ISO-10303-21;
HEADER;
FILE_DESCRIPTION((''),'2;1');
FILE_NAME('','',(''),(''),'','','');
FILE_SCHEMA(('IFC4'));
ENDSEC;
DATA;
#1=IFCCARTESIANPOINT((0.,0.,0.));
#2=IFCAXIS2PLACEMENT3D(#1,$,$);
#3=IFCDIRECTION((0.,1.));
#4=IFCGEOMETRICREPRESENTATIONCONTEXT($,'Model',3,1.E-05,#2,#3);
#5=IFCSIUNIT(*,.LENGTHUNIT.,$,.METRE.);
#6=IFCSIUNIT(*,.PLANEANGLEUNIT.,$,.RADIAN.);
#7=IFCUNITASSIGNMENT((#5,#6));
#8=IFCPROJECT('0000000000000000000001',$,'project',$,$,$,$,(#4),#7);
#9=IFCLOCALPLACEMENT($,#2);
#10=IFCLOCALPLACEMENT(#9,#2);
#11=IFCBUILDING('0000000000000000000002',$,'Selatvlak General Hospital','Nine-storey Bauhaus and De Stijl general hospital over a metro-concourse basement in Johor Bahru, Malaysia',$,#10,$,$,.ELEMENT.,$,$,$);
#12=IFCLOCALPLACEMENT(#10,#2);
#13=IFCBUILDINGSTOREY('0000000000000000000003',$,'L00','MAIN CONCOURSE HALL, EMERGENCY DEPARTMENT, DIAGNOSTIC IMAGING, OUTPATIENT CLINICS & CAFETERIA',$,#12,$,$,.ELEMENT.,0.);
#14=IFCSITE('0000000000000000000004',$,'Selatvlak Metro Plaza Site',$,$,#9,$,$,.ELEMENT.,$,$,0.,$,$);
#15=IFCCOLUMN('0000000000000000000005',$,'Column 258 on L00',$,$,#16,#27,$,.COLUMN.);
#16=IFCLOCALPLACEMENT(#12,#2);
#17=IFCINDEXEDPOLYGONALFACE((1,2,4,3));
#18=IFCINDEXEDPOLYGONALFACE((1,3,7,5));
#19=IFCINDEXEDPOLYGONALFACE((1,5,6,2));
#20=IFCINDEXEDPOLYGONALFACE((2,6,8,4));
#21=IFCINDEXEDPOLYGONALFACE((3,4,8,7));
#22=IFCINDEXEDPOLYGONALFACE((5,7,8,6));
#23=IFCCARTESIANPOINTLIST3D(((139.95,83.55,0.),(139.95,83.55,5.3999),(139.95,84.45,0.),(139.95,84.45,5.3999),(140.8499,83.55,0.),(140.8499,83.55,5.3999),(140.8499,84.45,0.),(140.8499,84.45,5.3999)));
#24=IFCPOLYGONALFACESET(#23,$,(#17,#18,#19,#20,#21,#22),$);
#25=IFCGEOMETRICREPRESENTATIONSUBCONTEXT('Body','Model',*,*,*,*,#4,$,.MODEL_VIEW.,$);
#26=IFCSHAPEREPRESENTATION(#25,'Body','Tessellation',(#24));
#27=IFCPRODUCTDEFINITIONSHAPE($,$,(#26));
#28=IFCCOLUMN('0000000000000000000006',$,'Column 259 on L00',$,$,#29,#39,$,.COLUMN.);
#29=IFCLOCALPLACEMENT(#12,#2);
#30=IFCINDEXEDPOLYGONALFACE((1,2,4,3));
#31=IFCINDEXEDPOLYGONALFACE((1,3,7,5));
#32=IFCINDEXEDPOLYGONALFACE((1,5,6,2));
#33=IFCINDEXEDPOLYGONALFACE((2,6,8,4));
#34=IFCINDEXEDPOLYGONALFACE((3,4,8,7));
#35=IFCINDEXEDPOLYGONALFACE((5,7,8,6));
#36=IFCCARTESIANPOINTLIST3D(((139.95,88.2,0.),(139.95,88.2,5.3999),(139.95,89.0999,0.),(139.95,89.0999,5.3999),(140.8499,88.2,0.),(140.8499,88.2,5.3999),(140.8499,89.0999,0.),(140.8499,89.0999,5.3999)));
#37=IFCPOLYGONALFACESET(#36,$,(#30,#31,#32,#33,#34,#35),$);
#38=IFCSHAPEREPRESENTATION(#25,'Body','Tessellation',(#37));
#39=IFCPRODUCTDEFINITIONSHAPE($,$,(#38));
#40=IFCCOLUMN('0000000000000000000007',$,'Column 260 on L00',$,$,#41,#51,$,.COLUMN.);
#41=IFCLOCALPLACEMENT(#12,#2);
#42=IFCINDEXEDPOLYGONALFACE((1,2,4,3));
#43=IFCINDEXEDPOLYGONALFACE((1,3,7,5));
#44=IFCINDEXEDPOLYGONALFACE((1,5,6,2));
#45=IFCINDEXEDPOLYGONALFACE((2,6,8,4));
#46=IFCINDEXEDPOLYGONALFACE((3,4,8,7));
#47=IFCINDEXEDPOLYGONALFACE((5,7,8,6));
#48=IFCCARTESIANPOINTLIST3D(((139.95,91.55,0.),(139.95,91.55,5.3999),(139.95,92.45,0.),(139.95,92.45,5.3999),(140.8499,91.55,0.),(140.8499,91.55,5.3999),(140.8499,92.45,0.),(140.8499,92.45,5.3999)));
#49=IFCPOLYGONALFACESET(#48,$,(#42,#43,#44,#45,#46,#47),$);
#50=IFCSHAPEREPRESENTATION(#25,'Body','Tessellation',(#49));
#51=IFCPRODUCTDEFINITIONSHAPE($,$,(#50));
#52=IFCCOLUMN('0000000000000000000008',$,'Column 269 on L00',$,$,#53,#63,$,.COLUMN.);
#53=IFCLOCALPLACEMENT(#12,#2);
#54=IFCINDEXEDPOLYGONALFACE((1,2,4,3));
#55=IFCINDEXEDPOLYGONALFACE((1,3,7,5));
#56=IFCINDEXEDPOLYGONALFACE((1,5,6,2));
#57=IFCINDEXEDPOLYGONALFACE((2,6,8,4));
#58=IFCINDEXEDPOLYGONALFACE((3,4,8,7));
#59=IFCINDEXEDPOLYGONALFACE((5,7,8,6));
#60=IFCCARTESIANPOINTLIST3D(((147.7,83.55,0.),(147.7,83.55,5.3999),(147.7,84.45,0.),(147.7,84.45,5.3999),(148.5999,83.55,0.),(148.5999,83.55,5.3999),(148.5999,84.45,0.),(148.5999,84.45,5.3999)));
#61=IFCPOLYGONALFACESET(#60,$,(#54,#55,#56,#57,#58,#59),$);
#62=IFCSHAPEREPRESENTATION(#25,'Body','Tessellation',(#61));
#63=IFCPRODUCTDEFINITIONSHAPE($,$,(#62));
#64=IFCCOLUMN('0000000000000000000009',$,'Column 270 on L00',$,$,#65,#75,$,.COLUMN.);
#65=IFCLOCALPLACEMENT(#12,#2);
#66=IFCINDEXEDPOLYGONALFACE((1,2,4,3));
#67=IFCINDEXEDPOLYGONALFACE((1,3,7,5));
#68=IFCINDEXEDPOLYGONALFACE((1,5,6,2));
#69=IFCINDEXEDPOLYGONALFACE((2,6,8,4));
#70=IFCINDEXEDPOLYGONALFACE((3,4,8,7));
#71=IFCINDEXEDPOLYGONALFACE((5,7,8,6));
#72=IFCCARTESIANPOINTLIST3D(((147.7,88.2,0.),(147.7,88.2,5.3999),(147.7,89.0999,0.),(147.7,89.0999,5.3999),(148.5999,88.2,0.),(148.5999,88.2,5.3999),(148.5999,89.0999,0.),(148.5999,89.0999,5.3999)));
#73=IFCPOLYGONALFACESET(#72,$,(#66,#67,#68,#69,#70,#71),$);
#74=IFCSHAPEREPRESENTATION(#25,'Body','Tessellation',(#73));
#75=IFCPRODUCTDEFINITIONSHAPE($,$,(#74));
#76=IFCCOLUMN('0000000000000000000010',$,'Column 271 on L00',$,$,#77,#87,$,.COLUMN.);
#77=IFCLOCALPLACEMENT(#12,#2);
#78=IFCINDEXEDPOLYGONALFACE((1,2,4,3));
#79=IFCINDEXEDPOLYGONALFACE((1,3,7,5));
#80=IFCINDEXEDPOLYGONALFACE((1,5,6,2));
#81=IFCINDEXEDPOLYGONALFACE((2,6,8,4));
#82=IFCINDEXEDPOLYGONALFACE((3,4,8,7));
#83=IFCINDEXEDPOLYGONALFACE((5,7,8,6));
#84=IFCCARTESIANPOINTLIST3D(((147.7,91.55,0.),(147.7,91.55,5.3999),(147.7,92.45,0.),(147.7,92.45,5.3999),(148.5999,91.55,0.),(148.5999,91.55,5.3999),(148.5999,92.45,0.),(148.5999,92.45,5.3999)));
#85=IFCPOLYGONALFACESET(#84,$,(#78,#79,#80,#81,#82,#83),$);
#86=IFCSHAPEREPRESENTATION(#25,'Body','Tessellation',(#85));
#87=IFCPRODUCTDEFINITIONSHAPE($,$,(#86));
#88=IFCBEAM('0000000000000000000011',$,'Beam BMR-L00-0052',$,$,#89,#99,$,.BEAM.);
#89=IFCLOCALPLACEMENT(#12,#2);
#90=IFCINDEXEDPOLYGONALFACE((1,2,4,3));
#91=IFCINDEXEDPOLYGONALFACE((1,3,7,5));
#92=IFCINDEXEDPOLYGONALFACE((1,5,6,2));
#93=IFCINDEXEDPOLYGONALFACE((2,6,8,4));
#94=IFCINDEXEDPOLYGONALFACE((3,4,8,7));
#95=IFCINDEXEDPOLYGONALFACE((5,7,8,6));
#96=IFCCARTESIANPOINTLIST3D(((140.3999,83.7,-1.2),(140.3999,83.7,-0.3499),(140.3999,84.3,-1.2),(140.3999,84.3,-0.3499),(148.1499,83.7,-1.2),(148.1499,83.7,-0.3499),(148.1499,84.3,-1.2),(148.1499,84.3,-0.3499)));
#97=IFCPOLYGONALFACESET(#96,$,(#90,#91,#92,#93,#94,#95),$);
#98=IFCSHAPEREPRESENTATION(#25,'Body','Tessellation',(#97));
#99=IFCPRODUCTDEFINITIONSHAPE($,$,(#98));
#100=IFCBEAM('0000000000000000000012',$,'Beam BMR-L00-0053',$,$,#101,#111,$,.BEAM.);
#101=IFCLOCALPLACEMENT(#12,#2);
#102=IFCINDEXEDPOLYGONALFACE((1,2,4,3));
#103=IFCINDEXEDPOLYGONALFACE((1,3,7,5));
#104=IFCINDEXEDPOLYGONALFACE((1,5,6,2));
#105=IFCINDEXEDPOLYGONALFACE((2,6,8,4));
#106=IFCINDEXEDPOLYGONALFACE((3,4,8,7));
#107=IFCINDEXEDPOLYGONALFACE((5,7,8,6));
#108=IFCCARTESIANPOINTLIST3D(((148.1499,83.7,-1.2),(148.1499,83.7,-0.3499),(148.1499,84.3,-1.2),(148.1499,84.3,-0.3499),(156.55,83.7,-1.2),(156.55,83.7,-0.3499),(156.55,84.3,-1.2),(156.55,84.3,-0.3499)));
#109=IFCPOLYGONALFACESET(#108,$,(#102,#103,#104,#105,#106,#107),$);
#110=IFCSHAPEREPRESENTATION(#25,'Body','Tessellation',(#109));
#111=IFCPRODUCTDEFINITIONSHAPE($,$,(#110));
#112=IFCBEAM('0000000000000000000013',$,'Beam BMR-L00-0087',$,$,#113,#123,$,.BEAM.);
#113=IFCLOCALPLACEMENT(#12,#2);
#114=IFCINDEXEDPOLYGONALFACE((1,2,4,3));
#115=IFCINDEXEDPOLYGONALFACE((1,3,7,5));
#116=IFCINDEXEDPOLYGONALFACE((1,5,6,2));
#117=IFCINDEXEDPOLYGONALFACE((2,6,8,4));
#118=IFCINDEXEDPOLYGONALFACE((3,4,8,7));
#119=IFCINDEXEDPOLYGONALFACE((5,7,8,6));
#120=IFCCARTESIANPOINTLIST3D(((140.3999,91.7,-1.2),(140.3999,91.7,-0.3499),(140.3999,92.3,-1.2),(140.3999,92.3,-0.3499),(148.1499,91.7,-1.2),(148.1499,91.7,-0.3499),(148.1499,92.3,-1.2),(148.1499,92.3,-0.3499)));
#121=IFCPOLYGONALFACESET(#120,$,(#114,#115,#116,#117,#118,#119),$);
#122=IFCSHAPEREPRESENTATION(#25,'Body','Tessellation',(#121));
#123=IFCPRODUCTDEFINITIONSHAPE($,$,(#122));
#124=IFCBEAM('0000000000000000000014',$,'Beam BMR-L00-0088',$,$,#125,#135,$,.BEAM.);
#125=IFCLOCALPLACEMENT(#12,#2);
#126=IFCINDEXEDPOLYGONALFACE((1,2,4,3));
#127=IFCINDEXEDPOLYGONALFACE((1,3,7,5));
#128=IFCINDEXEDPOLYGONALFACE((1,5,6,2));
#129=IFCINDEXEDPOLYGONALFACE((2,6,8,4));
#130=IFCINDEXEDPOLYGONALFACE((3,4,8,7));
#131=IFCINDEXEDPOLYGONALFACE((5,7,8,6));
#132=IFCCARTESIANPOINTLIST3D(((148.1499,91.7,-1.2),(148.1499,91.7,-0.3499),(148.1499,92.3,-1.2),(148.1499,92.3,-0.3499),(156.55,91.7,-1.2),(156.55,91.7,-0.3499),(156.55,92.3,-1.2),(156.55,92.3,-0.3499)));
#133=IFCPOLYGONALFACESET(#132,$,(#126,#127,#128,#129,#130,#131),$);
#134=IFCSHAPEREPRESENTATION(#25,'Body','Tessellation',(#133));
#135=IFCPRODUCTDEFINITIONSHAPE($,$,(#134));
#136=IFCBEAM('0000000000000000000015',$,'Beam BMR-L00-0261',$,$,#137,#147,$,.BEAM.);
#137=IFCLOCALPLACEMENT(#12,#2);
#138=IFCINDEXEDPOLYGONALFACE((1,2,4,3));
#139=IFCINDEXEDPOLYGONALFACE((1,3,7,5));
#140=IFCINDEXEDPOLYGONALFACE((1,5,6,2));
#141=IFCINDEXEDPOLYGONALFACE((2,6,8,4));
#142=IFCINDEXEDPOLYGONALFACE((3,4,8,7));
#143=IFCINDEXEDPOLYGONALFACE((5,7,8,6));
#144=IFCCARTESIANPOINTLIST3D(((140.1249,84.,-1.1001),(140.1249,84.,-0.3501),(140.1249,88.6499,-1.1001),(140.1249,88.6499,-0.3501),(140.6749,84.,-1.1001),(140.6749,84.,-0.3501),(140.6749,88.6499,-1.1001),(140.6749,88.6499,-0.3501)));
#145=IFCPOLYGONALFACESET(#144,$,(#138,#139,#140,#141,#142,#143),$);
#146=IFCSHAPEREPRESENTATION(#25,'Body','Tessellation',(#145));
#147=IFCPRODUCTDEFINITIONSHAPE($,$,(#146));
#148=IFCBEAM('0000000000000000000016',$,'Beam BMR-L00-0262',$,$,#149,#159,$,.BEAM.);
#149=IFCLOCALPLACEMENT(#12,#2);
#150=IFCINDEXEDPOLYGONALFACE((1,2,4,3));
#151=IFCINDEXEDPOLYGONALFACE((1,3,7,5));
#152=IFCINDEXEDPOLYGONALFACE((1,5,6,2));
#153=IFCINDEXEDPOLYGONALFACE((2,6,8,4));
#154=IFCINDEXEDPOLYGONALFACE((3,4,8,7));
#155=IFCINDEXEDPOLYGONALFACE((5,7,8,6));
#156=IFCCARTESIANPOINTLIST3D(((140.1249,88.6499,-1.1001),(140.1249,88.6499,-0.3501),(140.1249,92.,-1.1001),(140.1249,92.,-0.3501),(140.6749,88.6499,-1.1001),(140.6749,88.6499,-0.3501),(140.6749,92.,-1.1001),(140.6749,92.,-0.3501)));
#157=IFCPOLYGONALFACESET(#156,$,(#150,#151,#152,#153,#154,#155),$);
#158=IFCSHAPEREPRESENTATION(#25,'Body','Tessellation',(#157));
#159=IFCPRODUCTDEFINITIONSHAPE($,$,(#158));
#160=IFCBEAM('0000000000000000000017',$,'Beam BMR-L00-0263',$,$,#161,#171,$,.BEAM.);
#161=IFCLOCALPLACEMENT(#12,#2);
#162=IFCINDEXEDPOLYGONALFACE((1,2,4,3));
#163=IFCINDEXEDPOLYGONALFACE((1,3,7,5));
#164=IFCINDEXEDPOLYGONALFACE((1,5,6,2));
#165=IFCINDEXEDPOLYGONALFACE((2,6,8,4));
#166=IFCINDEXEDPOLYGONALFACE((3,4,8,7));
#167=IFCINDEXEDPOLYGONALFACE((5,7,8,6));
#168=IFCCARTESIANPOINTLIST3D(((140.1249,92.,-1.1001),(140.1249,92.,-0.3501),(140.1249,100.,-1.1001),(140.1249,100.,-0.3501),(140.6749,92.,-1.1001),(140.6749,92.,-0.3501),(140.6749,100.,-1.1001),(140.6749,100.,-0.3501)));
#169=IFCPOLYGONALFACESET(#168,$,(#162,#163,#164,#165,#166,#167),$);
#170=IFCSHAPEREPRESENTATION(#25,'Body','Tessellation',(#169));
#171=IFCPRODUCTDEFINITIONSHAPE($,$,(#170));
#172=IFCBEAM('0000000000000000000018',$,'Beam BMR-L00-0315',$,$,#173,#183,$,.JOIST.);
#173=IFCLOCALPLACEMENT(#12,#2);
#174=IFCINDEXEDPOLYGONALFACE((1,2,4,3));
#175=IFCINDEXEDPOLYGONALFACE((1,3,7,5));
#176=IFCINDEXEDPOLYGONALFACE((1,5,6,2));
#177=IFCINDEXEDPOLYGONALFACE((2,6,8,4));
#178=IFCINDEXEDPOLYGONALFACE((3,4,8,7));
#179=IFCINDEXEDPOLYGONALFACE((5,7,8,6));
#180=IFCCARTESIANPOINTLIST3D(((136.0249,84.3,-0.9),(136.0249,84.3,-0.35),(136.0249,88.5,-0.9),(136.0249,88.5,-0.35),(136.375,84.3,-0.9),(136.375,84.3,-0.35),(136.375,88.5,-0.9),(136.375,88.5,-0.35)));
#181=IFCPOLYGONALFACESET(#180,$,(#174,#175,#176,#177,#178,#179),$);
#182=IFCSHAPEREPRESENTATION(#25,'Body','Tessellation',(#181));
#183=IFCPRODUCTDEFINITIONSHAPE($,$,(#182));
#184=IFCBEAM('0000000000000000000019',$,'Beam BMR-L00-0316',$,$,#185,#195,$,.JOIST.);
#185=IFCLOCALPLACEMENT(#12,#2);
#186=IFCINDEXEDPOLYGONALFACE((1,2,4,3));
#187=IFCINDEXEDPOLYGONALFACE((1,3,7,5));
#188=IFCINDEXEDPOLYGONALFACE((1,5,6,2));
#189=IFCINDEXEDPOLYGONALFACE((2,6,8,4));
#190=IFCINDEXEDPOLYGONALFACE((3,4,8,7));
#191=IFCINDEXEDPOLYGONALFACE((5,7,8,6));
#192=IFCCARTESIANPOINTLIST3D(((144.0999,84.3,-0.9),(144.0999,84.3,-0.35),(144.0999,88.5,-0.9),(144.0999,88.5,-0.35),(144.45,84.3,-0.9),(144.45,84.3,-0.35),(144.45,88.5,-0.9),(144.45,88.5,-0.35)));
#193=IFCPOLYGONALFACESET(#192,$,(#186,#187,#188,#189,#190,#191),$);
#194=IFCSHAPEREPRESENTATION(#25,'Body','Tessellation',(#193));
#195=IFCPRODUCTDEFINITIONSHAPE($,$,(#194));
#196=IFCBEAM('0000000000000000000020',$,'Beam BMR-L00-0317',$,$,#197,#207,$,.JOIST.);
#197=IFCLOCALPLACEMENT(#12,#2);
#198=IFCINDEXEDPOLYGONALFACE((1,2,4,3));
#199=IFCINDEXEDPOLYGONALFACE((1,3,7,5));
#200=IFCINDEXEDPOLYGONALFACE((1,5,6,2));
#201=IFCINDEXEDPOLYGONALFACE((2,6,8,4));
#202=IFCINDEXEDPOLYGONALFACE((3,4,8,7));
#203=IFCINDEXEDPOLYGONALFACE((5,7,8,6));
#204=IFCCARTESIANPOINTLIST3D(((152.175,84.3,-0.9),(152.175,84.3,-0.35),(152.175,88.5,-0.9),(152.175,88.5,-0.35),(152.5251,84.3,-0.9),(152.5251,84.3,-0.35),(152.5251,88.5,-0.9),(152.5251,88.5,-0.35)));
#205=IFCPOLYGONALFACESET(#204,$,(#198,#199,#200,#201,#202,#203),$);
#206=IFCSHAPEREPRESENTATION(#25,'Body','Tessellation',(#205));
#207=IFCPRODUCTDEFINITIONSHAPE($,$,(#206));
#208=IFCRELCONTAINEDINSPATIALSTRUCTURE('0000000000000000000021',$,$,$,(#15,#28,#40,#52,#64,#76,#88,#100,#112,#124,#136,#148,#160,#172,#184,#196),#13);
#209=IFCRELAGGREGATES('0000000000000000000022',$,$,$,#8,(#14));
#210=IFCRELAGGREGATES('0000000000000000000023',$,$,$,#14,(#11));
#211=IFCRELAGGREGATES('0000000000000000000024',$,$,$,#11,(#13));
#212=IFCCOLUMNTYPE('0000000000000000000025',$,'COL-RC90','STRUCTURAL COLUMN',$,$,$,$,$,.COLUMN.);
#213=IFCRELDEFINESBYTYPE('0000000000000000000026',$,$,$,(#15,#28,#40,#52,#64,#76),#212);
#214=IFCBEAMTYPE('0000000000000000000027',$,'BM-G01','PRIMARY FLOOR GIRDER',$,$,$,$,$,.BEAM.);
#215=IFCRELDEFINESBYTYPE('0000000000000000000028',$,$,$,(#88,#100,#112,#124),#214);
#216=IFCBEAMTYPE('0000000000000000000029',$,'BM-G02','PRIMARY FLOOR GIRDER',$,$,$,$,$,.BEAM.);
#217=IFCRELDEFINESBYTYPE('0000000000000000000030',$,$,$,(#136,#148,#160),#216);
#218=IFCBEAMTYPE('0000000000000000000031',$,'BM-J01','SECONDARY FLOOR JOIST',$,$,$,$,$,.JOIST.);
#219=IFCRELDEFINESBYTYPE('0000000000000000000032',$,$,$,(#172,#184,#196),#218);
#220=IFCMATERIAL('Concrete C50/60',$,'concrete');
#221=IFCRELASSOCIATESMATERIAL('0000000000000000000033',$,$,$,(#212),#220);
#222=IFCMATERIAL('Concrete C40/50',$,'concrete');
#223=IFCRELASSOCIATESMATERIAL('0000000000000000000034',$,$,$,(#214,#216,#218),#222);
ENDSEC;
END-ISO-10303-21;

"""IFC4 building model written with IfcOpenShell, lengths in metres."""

from ifc_helpers import new_model, si_unit, direction, frame, origin, origin_2d, place, context, subcontext, project, spatial, rectangle, extrude, material, material_profile, profile_set, type_object, element, save


model = new_model("IFC4")

# Units and contexts
model_context = context("Model", 3, precision=1e-05, world=origin(), true_north=direction((0.0, 1.0)))
body_context = subcontext(model_context, "Body", "Model", "MODEL_VIEW")
ifc_project = project(units=[si_unit("LENGTHUNIT", "METRE"), si_unit("PLANEANGLEUNIT", "RADIAN")], contexts=[model_context])

# Site, building, storey
site_placement = place(None, origin())
site = spatial("IfcSite", under=ifc_project, at=site_placement, Name="Selatvlak Metro Plaza Site", CompositionType="ELEMENT", RefElevation=0.0)
building_placement = place(site_placement, origin())
building = spatial("IfcBuilding", under=site, at=building_placement, Name="Selatvlak General Hospital", Description="Nine-storey Bauhaus and De Stijl general hospital over a metro-concourse basement in Johor Bahru, Malaysia", CompositionType="ELEMENT")
storey_placement = place(building_placement, origin())
storey = spatial("IfcBuildingStorey", under=building, at=storey_placement, Name="L00", Description="MAIN CONCOURSE HALL, EMERGENCY DEPARTMENT, DIAGNOSTIC IMAGING, OUTPATIENT CLINICS & CAFETERIA", CompositionType="ELEMENT", Elevation=0.0)

# Columns
ifc_material_1 = material(Name="Concrete C50/60", Category="concrete")
ifc_material_profile_1 = material_profile(ifc_material_1, rectangle(XDim=0.8999, YDim=0.8999, at=origin_2d()), Name="RC-COL 900x900")
ifc_profile_set_1 = profile_set([ifc_material_profile_1], Name="Concrete C50/60")
column_type = type_object("IfcColumnType", Name="COL-RC90", Description="STRUCTURAL COLUMN", PredefinedType="COLUMN", material=ifc_profile_set_1)
for number, where, z_axis, x_axis, name in (
    (1, (140.3999, 84.0, 0.0), (0.0, 0.0, 1.0), (1.0, 0.0, 0.0), "Column 258 on L00"),
    (2, (140.3999, 88.6499, 0.0), (0.0, 0.0, 1.0), (1.0, 0.0, 0.0), "Column 259 on L00"),
    (3, (140.3999, 92.0, 0.0), (0.0, 0.0, 1.0), (1.0, 0.0, 0.0), "Column 260 on L00"),
    (4, (148.1499, 84.0, 0.0), (0.0, 0.0, 1.0), (1.0, 0.0, 0.0), "Column 269 on L00"),
    (5, (148.1499, 88.6499, 0.0), (0.0, 0.0, 1.0), (1.0, 0.0, 0.0), "Column 270 on L00"),
    (6, (148.1499, 92.0, 0.0), (0.0, 0.0, 1.0), (1.0, 0.0, 0.0), "Column 271 on L00"),
):
    element("IfcColumn", number, at=place(storey_placement, frame(where, z_axis=z_axis, x_axis=x_axis)), inside=storey, type_object=column_type, Name=name, PredefinedType="COLUMN", context=body_context, shape_type="SweptSolid", body=[
        extrude(rectangle(XDim=0.8999, YDim=0.8999, at=origin_2d()), origin(), (0.0, 0.0, 1.0), 5.3999),
    ])

# Beams
ifc_material_2 = material(Name="Concrete C40/50", Category="concrete")
ifc_material_profile_2 = material_profile(ifc_material_2, rectangle(XDim=0.6001, YDim=0.8501, at=origin_2d()), Name="RC-BM 600x850")
ifc_profile_set_2 = profile_set([ifc_material_profile_2], Name="Concrete C40/50")
beam_type_1 = type_object("IfcBeamType", Name="BM-G01", Description="PRIMARY FLOOR GIRDER", PredefinedType="BEAM", material=ifc_profile_set_2)
beam_1_placement = place(storey_placement, frame((140.3999, 84.0, -0.7749), z_axis=(1.0, 0.0, 0.0), x_axis=(0.0, 1.0, 0.0)))
element("IfcBeam", 7, at=beam_1_placement, inside=storey, type_object=beam_type_1, Name="Beam BMR-L00-0052", PredefinedType="BEAM", context=body_context, shape_type="SweptSolid", body=[
    extrude(rectangle(XDim=0.6001, YDim=0.8501, at=origin_2d()), origin(), (0.0, 0.0, 1.0), 7.75),
])
beam_2_placement = place(storey_placement, frame((148.1499, 84.0, -0.7749), z_axis=(1.0, 0.0, 0.0), x_axis=(0.0, 1.0, 0.0)))
element("IfcBeam", 8, at=beam_2_placement, inside=storey, type_object=beam_type_1, Name="Beam BMR-L00-0053", PredefinedType="BEAM", context=body_context, shape_type="SweptSolid", body=[
    extrude(rectangle(XDim=0.6001, YDim=0.8501, at=origin_2d()), origin(), (0.0, 0.0, 1.0), 8.4001),
])
beam_3_placement = place(storey_placement, frame((140.3999, 92.0, -0.7749), z_axis=(1.0, 0.0, 0.0), x_axis=(0.0, 1.0, 0.0)))
element("IfcBeam", 9, at=beam_3_placement, inside=storey, type_object=beam_type_1, Name="Beam BMR-L00-0087", PredefinedType="BEAM", context=body_context, shape_type="SweptSolid", body=[
    extrude(rectangle(XDim=0.6001, YDim=0.8501, at=origin_2d()), origin(), (0.0, 0.0, 1.0), 7.75),
])
beam_4_placement = place(storey_placement, frame((148.1499, 92.0, -0.7749), z_axis=(1.0, 0.0, 0.0), x_axis=(0.0, 1.0, 0.0)))
element("IfcBeam", 10, at=beam_4_placement, inside=storey, type_object=beam_type_1, Name="Beam BMR-L00-0088", PredefinedType="BEAM", context=body_context, shape_type="SweptSolid", body=[
    extrude(rectangle(XDim=0.6001, YDim=0.8501, at=origin_2d()), origin(), (0.0, 0.0, 1.0), 8.4001),
])
ifc_material_profile_3 = material_profile(ifc_material_2, rectangle(XDim=0.55, YDim=0.75, at=origin_2d()), Name="RC-BM 550x750")
ifc_profile_set_3 = profile_set([ifc_material_profile_3], Name="Concrete C40/50")
beam_type_2 = type_object("IfcBeamType", Name="BM-G02", Description="PRIMARY FLOOR GIRDER", PredefinedType="BEAM", material=ifc_profile_set_3)
beam_5_placement = place(storey_placement, frame((140.3999, 84.0, -0.7251), z_axis=(0.0, 1.0, 0.0), x_axis=(-1.0, 0.0, 0.0)))
element("IfcBeam", 11, at=beam_5_placement, inside=storey, type_object=beam_type_2, Name="Beam BMR-L00-0261", PredefinedType="BEAM", context=body_context, shape_type="SweptSolid", body=[
    extrude(rectangle(XDim=0.55, YDim=0.75, at=origin_2d()), origin(), (0.0, 0.0, 1.0), 4.6499),
])
beam_6_placement = place(storey_placement, frame((140.3999, 88.6499, -0.7251), z_axis=(0.0, 1.0, 0.0), x_axis=(-1.0, 0.0, 0.0)))
element("IfcBeam", 12, at=beam_6_placement, inside=storey, type_object=beam_type_2, Name="Beam BMR-L00-0262", PredefinedType="BEAM", context=body_context, shape_type="SweptSolid", body=[
    extrude(rectangle(XDim=0.55, YDim=0.75, at=origin_2d()), origin(), (0.0, 0.0, 1.0), 3.3501),
])
beam_7_placement = place(storey_placement, frame((140.3999, 92.0, -0.7251), z_axis=(0.0, 1.0, 0.0), x_axis=(-1.0, 0.0, 0.0)))
element("IfcBeam", 13, at=beam_7_placement, inside=storey, type_object=beam_type_2, Name="Beam BMR-L00-0263", PredefinedType="BEAM", context=body_context, shape_type="SweptSolid", body=[
    extrude(rectangle(XDim=0.55, YDim=0.75, at=origin_2d()), origin(), (0.0, 0.0, 1.0), 8.0),
])
ifc_material_profile_4 = material_profile(ifc_material_2, rectangle(XDim=0.3501, YDim=0.55, at=origin_2d()), Name="RC-BM 350x550")
ifc_profile_set_4 = profile_set([ifc_material_profile_4], Name="Concrete C40/50")
beam_type_3 = type_object("IfcBeamType", Name="BM-J01", Description="SECONDARY FLOOR JOIST", PredefinedType="JOIST", material=ifc_profile_set_4)
for number, where, z_axis, x_axis, name in (
    (14, (136.2, 84.3, -0.625), (0.0, 1.0, 0.0), (-1.0, 0.0, 0.0), "Beam BMR-L00-0315"),
    (15, (144.2749, 84.3, -0.625), (0.0, 1.0, 0.0), (-1.0, 0.0, 0.0), "Beam BMR-L00-0316"),
    (16, (152.3501, 84.3, -0.625), (0.0, 1.0, 0.0), (-1.0, 0.0, 0.0), "Beam BMR-L00-0317"),
):
    element("IfcBeam", number, at=place(storey_placement, frame(where, z_axis=z_axis, x_axis=x_axis)), inside=storey, type_object=beam_type_3, Name=name, PredefinedType="JOIST", context=body_context, shape_type="SweptSolid", body=[
        extrude(rectangle(XDim=0.3501, YDim=0.55, at=origin_2d()), origin(), (0.0, 0.0, 1.0), 4.2),
    ])

save(model, "model.ifc")
